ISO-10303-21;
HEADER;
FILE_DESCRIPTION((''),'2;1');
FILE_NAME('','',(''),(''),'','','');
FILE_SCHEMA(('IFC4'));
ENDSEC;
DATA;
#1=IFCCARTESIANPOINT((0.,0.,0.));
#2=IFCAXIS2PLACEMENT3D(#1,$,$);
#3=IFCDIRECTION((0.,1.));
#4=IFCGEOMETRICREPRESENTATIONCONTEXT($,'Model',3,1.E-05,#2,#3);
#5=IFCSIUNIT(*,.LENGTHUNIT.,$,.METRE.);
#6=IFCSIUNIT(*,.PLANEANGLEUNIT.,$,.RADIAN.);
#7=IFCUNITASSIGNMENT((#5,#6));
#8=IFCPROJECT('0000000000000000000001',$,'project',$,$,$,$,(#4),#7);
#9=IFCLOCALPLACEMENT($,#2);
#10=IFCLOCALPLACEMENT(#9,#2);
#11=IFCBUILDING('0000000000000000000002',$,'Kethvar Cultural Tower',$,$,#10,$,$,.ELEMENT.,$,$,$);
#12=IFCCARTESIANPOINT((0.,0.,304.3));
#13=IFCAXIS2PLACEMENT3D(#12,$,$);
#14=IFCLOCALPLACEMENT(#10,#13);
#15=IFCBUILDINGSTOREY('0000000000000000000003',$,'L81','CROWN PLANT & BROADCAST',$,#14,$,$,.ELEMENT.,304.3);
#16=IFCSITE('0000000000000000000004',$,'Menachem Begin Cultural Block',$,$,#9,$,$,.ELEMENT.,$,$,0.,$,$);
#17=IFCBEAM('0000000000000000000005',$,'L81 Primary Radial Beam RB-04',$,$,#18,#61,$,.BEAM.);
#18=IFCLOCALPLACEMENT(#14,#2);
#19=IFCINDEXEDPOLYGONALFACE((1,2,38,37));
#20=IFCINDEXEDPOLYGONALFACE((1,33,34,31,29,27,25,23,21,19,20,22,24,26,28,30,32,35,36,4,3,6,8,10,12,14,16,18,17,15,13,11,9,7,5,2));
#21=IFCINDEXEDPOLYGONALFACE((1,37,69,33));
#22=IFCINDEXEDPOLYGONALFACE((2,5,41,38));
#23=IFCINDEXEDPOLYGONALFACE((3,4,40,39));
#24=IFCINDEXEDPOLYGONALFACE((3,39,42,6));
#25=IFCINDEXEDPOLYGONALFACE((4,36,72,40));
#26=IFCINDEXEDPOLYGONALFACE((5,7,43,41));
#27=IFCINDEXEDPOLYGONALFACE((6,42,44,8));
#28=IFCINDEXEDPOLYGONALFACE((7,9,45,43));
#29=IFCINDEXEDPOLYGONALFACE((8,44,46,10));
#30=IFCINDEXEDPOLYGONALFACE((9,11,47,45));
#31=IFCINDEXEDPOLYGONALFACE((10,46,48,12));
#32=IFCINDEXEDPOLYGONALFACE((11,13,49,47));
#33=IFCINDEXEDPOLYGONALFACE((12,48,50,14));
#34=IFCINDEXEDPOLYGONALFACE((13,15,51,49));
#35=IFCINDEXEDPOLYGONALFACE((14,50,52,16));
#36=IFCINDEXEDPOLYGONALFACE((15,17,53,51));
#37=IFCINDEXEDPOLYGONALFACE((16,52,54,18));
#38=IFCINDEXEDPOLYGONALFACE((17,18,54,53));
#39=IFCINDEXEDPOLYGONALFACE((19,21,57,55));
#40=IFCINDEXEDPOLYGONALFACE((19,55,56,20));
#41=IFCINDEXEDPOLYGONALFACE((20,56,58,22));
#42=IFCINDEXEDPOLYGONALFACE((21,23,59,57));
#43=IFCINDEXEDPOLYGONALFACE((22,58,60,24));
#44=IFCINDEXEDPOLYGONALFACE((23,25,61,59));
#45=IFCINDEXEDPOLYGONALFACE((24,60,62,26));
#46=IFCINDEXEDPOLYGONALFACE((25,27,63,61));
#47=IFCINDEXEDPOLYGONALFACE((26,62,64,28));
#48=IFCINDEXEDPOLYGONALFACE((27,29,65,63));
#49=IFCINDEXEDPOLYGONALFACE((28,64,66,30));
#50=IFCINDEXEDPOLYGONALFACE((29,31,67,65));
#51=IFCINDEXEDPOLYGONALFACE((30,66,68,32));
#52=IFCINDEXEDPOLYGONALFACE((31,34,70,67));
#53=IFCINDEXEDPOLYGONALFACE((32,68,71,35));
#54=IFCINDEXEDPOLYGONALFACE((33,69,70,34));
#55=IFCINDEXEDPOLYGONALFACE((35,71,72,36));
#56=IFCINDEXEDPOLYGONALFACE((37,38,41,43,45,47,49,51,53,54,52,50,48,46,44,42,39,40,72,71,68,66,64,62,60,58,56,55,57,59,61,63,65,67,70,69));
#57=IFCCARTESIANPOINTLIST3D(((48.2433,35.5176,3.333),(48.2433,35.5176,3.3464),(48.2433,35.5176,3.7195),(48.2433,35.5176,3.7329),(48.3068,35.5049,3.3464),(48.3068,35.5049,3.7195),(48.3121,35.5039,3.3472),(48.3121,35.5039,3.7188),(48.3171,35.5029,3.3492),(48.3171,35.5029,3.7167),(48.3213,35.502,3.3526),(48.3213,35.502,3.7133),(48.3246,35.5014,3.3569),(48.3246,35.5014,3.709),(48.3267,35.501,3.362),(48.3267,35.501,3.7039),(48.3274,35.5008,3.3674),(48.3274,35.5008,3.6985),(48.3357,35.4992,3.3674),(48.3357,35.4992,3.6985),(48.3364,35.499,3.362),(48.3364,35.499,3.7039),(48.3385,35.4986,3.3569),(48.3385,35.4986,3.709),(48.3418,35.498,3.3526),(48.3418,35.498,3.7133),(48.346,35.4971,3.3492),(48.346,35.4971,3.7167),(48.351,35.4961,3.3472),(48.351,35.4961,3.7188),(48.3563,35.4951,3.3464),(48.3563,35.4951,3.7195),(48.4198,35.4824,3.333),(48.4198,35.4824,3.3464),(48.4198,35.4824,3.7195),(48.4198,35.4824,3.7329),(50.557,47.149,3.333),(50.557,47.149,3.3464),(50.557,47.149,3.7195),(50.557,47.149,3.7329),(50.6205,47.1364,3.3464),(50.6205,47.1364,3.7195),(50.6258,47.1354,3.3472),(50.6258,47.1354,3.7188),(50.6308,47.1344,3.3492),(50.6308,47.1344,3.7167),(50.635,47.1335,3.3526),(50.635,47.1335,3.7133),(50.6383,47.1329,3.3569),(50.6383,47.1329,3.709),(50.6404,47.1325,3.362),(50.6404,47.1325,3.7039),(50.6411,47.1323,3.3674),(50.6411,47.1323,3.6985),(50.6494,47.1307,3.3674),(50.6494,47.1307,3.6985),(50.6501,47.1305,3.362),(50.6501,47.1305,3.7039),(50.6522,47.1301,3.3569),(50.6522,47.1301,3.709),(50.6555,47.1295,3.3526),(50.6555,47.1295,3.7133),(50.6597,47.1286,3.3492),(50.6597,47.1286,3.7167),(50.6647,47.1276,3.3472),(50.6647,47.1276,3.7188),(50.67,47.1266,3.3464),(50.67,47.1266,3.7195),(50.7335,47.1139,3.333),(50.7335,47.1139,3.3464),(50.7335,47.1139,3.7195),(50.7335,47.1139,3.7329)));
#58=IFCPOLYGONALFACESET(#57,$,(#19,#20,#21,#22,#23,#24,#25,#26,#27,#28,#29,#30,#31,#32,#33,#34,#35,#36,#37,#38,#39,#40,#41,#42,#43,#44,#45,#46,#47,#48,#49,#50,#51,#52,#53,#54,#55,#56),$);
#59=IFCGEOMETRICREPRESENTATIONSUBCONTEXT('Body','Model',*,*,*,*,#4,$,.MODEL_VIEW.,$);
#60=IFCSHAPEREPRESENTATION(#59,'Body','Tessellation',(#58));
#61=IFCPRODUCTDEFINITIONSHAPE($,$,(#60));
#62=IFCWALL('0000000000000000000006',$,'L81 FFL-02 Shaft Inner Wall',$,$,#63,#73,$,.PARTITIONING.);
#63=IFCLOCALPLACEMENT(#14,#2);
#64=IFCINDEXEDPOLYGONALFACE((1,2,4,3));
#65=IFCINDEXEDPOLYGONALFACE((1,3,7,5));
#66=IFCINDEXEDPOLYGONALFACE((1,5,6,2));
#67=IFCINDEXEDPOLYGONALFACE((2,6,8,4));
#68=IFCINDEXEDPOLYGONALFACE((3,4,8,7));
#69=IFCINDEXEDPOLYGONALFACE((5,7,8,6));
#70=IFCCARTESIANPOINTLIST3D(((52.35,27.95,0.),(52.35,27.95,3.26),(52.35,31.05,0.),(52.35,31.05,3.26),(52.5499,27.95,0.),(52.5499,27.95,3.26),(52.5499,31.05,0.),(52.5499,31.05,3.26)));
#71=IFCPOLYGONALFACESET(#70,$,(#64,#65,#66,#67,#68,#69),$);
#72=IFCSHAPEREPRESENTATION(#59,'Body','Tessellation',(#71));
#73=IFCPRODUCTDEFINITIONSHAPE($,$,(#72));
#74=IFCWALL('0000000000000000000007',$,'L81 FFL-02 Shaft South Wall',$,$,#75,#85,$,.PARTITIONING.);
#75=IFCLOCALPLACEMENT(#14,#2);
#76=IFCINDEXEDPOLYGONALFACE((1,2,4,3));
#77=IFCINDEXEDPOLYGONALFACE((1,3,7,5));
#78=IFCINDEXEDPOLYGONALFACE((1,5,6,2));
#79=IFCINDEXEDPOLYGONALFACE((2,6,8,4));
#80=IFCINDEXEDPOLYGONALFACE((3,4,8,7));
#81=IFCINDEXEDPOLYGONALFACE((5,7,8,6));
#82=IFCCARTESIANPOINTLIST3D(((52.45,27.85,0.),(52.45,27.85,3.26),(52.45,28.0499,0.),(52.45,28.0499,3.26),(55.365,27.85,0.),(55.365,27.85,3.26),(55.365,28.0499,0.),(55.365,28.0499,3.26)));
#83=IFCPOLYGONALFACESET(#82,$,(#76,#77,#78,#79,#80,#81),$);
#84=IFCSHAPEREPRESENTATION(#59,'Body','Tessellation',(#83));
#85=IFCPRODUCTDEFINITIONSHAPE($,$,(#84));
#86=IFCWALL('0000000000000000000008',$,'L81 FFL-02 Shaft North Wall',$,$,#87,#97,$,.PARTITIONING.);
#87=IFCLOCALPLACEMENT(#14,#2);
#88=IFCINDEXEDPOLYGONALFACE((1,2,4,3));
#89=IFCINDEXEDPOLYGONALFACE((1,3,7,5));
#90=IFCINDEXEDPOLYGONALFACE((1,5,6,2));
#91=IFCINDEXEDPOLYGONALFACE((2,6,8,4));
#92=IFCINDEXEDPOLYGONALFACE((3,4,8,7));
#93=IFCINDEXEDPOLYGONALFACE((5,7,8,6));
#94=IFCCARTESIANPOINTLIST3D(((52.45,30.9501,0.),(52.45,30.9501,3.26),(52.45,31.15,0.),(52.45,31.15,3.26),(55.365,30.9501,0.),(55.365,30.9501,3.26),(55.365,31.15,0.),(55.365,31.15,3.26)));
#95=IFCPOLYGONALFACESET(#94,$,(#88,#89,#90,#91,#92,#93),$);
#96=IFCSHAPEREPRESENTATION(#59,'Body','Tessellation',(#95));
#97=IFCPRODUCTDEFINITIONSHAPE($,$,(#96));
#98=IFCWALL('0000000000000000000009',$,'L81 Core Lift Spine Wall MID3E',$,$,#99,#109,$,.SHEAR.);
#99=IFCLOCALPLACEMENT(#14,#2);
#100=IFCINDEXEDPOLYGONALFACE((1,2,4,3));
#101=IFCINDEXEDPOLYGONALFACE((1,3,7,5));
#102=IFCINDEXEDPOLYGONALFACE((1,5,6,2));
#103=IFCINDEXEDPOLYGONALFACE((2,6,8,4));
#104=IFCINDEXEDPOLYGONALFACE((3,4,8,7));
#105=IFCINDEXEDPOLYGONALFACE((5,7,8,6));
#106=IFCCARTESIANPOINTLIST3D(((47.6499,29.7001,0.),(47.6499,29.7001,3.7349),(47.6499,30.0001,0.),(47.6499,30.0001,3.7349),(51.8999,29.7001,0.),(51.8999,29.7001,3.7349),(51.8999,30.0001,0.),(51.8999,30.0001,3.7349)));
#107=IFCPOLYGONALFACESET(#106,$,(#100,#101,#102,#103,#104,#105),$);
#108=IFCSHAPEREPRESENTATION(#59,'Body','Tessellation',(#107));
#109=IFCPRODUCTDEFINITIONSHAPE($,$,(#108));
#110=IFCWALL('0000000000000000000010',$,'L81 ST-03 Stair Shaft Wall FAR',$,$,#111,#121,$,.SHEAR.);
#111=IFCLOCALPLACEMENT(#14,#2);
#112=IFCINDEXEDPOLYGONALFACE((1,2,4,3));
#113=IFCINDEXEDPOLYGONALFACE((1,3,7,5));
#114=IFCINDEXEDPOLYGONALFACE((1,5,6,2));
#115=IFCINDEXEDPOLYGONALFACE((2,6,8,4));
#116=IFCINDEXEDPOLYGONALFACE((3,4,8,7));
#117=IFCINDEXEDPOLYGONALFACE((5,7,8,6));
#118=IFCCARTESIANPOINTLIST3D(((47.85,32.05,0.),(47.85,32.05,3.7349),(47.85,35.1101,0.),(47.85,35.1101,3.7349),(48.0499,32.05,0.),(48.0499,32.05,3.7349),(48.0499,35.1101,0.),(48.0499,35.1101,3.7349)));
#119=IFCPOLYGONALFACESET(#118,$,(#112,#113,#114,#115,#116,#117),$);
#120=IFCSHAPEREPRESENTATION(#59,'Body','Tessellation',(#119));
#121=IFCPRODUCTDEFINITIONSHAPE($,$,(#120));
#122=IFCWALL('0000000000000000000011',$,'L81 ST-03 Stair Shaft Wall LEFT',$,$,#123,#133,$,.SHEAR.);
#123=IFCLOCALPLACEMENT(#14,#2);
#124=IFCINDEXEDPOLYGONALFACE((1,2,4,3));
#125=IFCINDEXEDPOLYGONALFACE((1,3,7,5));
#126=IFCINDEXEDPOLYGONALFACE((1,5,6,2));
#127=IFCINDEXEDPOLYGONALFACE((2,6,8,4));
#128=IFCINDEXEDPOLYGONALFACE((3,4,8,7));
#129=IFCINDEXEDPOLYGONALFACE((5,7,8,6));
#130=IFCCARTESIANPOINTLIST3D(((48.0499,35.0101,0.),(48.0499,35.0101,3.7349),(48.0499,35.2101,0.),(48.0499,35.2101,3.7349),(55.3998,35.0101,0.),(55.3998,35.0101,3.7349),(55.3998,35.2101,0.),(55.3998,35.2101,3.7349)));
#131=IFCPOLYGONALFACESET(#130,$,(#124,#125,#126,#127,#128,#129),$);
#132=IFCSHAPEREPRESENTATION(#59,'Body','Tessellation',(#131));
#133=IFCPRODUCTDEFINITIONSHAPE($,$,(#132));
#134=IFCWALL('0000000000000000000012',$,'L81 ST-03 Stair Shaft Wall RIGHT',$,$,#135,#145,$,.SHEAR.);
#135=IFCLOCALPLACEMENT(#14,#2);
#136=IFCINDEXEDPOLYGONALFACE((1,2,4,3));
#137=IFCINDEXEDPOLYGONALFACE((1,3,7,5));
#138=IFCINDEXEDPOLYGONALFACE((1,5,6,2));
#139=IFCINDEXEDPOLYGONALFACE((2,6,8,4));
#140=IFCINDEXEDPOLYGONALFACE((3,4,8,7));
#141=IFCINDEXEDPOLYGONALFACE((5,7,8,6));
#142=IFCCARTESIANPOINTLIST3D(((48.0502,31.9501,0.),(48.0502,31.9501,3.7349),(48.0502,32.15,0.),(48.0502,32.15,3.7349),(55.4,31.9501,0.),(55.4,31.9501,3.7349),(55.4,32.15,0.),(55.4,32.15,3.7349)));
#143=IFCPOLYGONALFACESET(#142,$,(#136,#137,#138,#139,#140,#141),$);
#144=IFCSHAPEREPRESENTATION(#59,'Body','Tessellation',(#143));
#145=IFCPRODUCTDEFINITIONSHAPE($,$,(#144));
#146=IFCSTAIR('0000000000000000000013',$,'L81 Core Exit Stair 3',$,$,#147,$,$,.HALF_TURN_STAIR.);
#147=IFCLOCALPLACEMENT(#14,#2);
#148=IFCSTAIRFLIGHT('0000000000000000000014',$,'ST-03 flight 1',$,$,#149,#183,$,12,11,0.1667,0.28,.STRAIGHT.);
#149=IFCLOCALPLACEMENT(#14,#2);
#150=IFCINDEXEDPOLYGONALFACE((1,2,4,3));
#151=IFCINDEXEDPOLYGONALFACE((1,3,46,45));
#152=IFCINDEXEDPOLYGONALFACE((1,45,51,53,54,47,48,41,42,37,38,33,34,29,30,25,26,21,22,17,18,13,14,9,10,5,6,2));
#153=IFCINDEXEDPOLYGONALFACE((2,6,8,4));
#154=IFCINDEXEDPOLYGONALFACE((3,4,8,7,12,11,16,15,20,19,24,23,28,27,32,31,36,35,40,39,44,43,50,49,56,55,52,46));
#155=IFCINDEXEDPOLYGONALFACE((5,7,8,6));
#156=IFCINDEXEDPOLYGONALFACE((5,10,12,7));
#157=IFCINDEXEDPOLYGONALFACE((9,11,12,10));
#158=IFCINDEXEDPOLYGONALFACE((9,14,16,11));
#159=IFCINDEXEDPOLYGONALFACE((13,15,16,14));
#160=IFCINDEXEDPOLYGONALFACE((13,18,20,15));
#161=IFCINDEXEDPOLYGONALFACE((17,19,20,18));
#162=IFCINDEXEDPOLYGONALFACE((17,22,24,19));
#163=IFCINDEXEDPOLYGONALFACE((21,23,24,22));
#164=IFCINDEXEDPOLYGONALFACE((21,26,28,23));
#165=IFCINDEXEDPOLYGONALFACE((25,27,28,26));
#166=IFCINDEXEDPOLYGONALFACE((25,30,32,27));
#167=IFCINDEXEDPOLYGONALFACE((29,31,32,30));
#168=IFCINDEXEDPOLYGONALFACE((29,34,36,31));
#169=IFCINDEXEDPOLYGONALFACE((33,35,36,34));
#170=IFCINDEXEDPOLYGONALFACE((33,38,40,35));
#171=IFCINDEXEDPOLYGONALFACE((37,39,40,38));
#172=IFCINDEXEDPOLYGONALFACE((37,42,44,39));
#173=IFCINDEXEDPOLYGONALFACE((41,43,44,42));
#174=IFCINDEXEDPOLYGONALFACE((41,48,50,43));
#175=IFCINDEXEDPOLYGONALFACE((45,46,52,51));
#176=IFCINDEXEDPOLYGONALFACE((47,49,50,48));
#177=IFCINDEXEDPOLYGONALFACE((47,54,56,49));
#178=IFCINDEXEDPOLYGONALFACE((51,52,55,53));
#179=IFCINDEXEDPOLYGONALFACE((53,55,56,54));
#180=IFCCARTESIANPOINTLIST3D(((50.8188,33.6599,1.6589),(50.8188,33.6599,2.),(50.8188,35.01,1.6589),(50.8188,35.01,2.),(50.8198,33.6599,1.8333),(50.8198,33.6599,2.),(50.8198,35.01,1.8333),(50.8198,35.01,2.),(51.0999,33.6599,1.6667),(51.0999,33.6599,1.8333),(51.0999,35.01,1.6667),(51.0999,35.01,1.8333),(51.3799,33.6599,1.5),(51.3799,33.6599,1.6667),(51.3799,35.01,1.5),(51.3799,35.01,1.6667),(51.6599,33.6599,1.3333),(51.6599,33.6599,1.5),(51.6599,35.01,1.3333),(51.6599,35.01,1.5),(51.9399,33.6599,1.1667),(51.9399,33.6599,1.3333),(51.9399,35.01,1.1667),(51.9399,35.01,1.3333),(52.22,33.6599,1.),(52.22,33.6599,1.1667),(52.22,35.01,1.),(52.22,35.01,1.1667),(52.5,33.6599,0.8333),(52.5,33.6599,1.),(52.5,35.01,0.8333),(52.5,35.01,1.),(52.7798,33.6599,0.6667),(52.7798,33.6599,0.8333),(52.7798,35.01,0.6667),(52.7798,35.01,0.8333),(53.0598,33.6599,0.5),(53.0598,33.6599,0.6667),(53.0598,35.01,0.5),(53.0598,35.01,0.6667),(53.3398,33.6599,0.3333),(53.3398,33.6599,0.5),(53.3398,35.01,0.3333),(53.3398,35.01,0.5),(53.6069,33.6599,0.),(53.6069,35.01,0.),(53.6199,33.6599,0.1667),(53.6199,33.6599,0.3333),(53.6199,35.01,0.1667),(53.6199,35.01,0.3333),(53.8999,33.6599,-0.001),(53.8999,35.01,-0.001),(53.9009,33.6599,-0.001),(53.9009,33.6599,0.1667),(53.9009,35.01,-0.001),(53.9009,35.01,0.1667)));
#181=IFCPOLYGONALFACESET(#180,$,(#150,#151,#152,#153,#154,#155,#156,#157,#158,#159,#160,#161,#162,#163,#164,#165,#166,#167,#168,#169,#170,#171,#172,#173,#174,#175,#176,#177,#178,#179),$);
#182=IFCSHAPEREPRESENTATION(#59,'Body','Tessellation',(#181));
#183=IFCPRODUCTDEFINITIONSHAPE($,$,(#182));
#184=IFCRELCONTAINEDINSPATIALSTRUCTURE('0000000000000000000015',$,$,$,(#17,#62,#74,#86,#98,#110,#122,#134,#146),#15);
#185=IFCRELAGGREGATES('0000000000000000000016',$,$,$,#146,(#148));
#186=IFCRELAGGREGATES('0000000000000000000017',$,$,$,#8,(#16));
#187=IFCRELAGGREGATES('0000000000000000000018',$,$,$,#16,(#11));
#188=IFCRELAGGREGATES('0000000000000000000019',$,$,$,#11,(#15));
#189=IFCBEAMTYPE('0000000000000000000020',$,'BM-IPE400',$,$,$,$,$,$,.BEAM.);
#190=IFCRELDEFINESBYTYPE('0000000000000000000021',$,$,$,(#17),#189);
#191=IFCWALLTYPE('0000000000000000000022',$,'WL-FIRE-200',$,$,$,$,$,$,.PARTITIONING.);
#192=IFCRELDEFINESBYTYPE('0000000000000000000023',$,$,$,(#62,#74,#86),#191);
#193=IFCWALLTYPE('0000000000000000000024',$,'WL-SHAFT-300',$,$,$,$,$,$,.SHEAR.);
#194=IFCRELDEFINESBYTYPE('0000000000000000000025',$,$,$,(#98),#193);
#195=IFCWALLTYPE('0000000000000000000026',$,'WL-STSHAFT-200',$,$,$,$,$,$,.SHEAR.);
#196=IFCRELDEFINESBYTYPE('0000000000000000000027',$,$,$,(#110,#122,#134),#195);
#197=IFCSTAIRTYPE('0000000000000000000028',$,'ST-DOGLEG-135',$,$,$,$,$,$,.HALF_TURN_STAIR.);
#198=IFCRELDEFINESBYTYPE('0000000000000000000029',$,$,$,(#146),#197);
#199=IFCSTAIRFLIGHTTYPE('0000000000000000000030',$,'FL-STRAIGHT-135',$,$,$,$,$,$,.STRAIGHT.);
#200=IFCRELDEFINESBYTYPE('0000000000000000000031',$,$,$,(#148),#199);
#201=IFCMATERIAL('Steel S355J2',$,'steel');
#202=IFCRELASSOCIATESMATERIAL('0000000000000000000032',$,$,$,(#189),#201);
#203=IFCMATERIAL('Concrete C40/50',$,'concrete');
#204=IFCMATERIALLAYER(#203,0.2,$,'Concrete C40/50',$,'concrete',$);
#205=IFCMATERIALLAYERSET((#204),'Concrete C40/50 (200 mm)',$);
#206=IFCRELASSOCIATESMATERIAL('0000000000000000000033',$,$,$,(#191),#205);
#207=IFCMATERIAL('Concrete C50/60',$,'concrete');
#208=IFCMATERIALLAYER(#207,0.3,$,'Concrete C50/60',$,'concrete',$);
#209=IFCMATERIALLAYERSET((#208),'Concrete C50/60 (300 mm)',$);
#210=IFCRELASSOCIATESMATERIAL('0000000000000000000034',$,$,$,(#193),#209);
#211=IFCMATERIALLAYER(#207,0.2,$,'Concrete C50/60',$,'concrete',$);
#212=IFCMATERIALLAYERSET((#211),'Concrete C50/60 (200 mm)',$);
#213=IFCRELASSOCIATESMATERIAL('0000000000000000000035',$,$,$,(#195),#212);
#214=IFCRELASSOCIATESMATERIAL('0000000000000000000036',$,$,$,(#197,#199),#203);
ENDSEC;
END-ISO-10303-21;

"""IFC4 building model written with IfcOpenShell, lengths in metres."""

from ifc_helpers import new_model, si_unit, direction, frame, frame_2d, origin, origin_2d, place, context, subcontext, project, spatial, polyline, rectangle, i_section, outline, extrude, source, transform, mapped, material, layer, layer_set, material_profile, profile_set, type_object, element, aggregate, save


model = new_model("IFC4")

# Units and contexts
model_context = context("Model", 3, precision=1e-05, world=origin(), true_north=direction((0.0, 1.0)))
body_context = subcontext(model_context, "Body", "Model", "MODEL_VIEW")
ifc_project = project(units=[si_unit("LENGTHUNIT", "METRE"), si_unit("PLANEANGLEUNIT", "RADIAN")], contexts=[model_context])

# Site, building, storey
site_placement = place(None, origin())
site = spatial("IfcSite", under=ifc_project, at=site_placement, Name="Menachem Begin Cultural Block", CompositionType="ELEMENT", RefElevation=0.0)
building_placement = place(site_placement, origin())
building = spatial("IfcBuilding", under=site, at=building_placement, Name="Kethvar Cultural Tower", CompositionType="ELEMENT")
storey_placement = place(building_placement, frame((0.0, 0.0, 304.3)))
storey = spatial("IfcBuildingStorey", under=building, at=storey_placement, Name="L81", Description="CROWN PLANT & BROADCAST", CompositionType="ELEMENT", Elevation=304.3)

# Beam
ifc_material_1 = material(Name="Steel S355J2", Category="steel")
ifc_material_profile_1 = material_profile(ifc_material_1, i_section(OverallWidth=0.1799, OverallDepth=0.3999, WebThickness=0.0085, FlangeThickness=0.0134, FilletRadius=0.021, at=origin_2d()), Name="Steel S355J2 — IPE400")
ifc_profile_set_1 = profile_set([ifc_material_profile_1], Name="Steel S355J2 — IPE400")
beam_type_1 = type_object("IfcBeamType", Name="BM-IPE400", PredefinedType="BEAM", material=ifc_profile_set_1)
shared_shape_1 = source(origin(), body_context, "Body", "SweptSolid", [
    extrude(i_section(OverallWidth=0.1799, OverallDepth=0.3999, WebThickness=0.0085, FlangeThickness=0.0134, FilletRadius=0.021, at=origin_2d()), origin(), (0.0, 0.0, 1.0), 11.8594),
])
beam_1_placement = place(storey_placement, frame((48.3315, 35.5, 3.533), z_axis=(0.195095, 0.980784, 0.0), x_axis=(-0.980784, 0.195095, 0.0)))
element("IfcBeam", 1, at=beam_1_placement, inside=storey, type_object=beam_type_1, Name="L81 Primary Radial Beam RB-04", PredefinedType="BEAM", context=body_context, shape_type="MappedRepresentation", body=[
    mapped(shared_shape_1, transform((0.0, 0.0, 0.0), scale=1.0)),
])

# Walls
ifc_material_2 = material(Name="Concrete C40/50", Category="concrete")
ifc_layer_1 = layer(ifc_material_2, 0.2, Name="Concrete C40/50", Category="concrete")
ifc_layer_set_1 = layer_set([ifc_layer_1], Name="Concrete C40/50 (200 mm)")
wall_type_1 = type_object("IfcWallType", Name="WL-FIRE-200", PredefinedType="PARTITIONING", material=ifc_layer_set_1)
wall_1_placement = place(storey_placement, frame((52.45, 27.95, 0.0), z_axis=(0.0, 0.0, 1.0), x_axis=(0.0, 1.0, 0.0)))
element("IfcWall", 2, at=wall_1_placement, inside=storey, type_object=wall_type_1, Name="L81 FFL-02 Shaft Inner Wall", PredefinedType="PARTITIONING", context=body_context, shape_type="SweptSolid", body=[
    extrude(rectangle(XDim=3.1001, YDim=0.2, at=frame_2d((1.55, 0.0))), origin(), (0.0, 0.0, 1.0), 3.26),
])
for number, where, z_axis, x_axis, name in (
    (3, (52.45, 27.95, 0.0), (0.0, 0.0, 1.0), (1.0, 0.0, 0.0), "L81 FFL-02 Shaft South Wall"),
    (4, (52.45, 31.05, 0.0), (0.0, 0.0, 1.0), (1.0, 0.0, 0.0), "L81 FFL-02 Shaft North Wall"),
):
    element("IfcWall", number, at=place(storey_placement, frame(where, z_axis=z_axis, x_axis=x_axis)), inside=storey, type_object=wall_type_1, Name=name, PredefinedType="PARTITIONING", context=body_context, shape_type="SweptSolid", body=[
        extrude(rectangle(XDim=2.915, YDim=0.2, at=frame_2d((1.4575, 0.0))), origin(), (0.0, 0.0, 1.0), 3.26),
    ])
ifc_material_3 = material(Name="Concrete C50/60", Category="concrete")
ifc_layer_2 = layer(ifc_material_3, 0.3, Name="Concrete C50/60", Category="concrete")
ifc_layer_set_2 = layer_set([ifc_layer_2], Name="Concrete C50/60 (300 mm)")
wall_type_2 = type_object("IfcWallType", Name="WL-SHAFT-300", PredefinedType="SHEAR", material=ifc_layer_set_2)
wall_2_placement = place(storey_placement, frame((47.6499, 29.8501, 0.0), z_axis=(0.0, 0.0, 1.0), x_axis=(1.0, 0.0, 0.0)))
element("IfcWall", 5, at=wall_2_placement, inside=storey, type_object=wall_type_2, Name="L81 Core Lift Spine Wall MID3E", PredefinedType="SHEAR", context=body_context, shape_type="SweptSolid", body=[
    extrude(rectangle(XDim=4.25, YDim=0.3, at=frame_2d((2.125, 0.0))), origin(), (0.0, 0.0, 1.0), 3.7349),
])
ifc_layer_3 = layer(ifc_material_3, 0.2, Name="Concrete C50/60", Category="concrete")
ifc_layer_set_3 = layer_set([ifc_layer_3], Name="Concrete C50/60 (200 mm)")
wall_type_3 = type_object("IfcWallType", Name="WL-STSHAFT-200", PredefinedType="SHEAR", material=ifc_layer_set_3)
wall_3_placement = place(storey_placement, frame((47.95, 32.05, 0.0), z_axis=(0.0, 0.0, 1.0), x_axis=(0.0, 1.0, 0.0)))
element("IfcWall", 6, at=wall_3_placement, inside=storey, type_object=wall_type_3, Name="L81 ST-03 Stair Shaft Wall FAR", PredefinedType="SHEAR", context=body_context, shape_type="SweptSolid", body=[
    extrude(rectangle(XDim=3.0601, YDim=0.2, at=frame_2d((1.53, 0.0))), origin(), (0.0, 0.0, 1.0), 3.7349),
])
for number, where, z_axis, x_axis, name in (
    (7, (48.05, 35.1101, 0.0), (0.0, 0.0, 1.0), (1.0, 0.0, 0.0), "L81 ST-03 Stair Shaft Wall LEFT"),
    (8, (55.3999, 32.05, 0.0), (0.0, 0.0, 1.0), (-1.0, 0.0, 0.0), "L81 ST-03 Stair Shaft Wall RIGHT"),
):
    element("IfcWall", number, at=place(storey_placement, frame(where, z_axis=z_axis, x_axis=x_axis)), inside=storey, type_object=wall_type_3, Name=name, PredefinedType="SHEAR", context=body_context, shape_type="SweptSolid", body=[
        extrude(rectangle(XDim=7.3499, YDim=0.2, at=frame_2d((3.6748, 0.0))), origin(), (0.0, 0.0, 1.0), 3.7349),
    ])

# Stair, stair flight
stair_type = type_object("IfcStairType", Name="ST-DOGLEG-135", PredefinedType="HALF_TURN_STAIR", material=ifc_material_2)
stair_placement = place(storey_placement, origin())
stair = element("IfcStair", 9, at=stair_placement, inside=storey, type_object=stair_type, Name="L81 Core Exit Stair 3", PredefinedType="HALF_TURN_STAIR")
stair_flight_type = type_object("IfcStairFlightType", Name="FL-STRAIGHT-135", PredefinedType="STRAIGHT", material=ifc_material_2)
stair_flight_1_placement = place(storey_placement, frame((53.8999, 34.335, 0.0), z_axis=(0.0, 0.0, 1.0), x_axis=(-1.0, 0.0, 0.0)))
stair_flight_1 = element("IfcStairFlight", 10, at=stair_flight_1_placement, type_object=stair_flight_type, Name="ST-03 flight 1", NumberOfRisers=12, NumberOfTreads=11, PredefinedType="STRAIGHT", RiserHeight=0.1667, TreadLength=0.28, context=body_context, shape_type="SweptSolid", body=[
    extrude(outline(polyline([(-0.001, -0.001), (-0.001, 0.1667), (0.28, 0.1667), (0.28, 0.3333), (0.5601, 0.3333), (0.5601, 0.5), (0.8401, 0.5), (0.8401, 0.6667), (1.1201, 0.6667), (1.1201, 0.8333), (1.3999, 0.8333), (1.3999, 1.0), (1.6799, 1.0), (1.6799, 1.1667), (1.96, 1.1667), (1.96, 1.3333), (2.24, 1.3333), (2.24, 1.5), (2.52, 1.5), (2.52, 1.6667), (2.8, 1.6667), (2.8, 1.8333), (3.0801, 1.8333), (3.0801, 2.0), (3.0811, 2.0), (3.0811, 1.6589), (0.293, 0.0), (0.0, -0.001), (-0.001, -0.001)])), frame((0.0, 0.675, 0.0), z_axis=(0.0, -1.0, 0.0), x_axis=(1.0, 0.0, 0.0)), (0.0, 0.0, 1.0), 1.3501),
])
aggregate(stair, [stair_flight_1])

save(model, "model.ifc")
